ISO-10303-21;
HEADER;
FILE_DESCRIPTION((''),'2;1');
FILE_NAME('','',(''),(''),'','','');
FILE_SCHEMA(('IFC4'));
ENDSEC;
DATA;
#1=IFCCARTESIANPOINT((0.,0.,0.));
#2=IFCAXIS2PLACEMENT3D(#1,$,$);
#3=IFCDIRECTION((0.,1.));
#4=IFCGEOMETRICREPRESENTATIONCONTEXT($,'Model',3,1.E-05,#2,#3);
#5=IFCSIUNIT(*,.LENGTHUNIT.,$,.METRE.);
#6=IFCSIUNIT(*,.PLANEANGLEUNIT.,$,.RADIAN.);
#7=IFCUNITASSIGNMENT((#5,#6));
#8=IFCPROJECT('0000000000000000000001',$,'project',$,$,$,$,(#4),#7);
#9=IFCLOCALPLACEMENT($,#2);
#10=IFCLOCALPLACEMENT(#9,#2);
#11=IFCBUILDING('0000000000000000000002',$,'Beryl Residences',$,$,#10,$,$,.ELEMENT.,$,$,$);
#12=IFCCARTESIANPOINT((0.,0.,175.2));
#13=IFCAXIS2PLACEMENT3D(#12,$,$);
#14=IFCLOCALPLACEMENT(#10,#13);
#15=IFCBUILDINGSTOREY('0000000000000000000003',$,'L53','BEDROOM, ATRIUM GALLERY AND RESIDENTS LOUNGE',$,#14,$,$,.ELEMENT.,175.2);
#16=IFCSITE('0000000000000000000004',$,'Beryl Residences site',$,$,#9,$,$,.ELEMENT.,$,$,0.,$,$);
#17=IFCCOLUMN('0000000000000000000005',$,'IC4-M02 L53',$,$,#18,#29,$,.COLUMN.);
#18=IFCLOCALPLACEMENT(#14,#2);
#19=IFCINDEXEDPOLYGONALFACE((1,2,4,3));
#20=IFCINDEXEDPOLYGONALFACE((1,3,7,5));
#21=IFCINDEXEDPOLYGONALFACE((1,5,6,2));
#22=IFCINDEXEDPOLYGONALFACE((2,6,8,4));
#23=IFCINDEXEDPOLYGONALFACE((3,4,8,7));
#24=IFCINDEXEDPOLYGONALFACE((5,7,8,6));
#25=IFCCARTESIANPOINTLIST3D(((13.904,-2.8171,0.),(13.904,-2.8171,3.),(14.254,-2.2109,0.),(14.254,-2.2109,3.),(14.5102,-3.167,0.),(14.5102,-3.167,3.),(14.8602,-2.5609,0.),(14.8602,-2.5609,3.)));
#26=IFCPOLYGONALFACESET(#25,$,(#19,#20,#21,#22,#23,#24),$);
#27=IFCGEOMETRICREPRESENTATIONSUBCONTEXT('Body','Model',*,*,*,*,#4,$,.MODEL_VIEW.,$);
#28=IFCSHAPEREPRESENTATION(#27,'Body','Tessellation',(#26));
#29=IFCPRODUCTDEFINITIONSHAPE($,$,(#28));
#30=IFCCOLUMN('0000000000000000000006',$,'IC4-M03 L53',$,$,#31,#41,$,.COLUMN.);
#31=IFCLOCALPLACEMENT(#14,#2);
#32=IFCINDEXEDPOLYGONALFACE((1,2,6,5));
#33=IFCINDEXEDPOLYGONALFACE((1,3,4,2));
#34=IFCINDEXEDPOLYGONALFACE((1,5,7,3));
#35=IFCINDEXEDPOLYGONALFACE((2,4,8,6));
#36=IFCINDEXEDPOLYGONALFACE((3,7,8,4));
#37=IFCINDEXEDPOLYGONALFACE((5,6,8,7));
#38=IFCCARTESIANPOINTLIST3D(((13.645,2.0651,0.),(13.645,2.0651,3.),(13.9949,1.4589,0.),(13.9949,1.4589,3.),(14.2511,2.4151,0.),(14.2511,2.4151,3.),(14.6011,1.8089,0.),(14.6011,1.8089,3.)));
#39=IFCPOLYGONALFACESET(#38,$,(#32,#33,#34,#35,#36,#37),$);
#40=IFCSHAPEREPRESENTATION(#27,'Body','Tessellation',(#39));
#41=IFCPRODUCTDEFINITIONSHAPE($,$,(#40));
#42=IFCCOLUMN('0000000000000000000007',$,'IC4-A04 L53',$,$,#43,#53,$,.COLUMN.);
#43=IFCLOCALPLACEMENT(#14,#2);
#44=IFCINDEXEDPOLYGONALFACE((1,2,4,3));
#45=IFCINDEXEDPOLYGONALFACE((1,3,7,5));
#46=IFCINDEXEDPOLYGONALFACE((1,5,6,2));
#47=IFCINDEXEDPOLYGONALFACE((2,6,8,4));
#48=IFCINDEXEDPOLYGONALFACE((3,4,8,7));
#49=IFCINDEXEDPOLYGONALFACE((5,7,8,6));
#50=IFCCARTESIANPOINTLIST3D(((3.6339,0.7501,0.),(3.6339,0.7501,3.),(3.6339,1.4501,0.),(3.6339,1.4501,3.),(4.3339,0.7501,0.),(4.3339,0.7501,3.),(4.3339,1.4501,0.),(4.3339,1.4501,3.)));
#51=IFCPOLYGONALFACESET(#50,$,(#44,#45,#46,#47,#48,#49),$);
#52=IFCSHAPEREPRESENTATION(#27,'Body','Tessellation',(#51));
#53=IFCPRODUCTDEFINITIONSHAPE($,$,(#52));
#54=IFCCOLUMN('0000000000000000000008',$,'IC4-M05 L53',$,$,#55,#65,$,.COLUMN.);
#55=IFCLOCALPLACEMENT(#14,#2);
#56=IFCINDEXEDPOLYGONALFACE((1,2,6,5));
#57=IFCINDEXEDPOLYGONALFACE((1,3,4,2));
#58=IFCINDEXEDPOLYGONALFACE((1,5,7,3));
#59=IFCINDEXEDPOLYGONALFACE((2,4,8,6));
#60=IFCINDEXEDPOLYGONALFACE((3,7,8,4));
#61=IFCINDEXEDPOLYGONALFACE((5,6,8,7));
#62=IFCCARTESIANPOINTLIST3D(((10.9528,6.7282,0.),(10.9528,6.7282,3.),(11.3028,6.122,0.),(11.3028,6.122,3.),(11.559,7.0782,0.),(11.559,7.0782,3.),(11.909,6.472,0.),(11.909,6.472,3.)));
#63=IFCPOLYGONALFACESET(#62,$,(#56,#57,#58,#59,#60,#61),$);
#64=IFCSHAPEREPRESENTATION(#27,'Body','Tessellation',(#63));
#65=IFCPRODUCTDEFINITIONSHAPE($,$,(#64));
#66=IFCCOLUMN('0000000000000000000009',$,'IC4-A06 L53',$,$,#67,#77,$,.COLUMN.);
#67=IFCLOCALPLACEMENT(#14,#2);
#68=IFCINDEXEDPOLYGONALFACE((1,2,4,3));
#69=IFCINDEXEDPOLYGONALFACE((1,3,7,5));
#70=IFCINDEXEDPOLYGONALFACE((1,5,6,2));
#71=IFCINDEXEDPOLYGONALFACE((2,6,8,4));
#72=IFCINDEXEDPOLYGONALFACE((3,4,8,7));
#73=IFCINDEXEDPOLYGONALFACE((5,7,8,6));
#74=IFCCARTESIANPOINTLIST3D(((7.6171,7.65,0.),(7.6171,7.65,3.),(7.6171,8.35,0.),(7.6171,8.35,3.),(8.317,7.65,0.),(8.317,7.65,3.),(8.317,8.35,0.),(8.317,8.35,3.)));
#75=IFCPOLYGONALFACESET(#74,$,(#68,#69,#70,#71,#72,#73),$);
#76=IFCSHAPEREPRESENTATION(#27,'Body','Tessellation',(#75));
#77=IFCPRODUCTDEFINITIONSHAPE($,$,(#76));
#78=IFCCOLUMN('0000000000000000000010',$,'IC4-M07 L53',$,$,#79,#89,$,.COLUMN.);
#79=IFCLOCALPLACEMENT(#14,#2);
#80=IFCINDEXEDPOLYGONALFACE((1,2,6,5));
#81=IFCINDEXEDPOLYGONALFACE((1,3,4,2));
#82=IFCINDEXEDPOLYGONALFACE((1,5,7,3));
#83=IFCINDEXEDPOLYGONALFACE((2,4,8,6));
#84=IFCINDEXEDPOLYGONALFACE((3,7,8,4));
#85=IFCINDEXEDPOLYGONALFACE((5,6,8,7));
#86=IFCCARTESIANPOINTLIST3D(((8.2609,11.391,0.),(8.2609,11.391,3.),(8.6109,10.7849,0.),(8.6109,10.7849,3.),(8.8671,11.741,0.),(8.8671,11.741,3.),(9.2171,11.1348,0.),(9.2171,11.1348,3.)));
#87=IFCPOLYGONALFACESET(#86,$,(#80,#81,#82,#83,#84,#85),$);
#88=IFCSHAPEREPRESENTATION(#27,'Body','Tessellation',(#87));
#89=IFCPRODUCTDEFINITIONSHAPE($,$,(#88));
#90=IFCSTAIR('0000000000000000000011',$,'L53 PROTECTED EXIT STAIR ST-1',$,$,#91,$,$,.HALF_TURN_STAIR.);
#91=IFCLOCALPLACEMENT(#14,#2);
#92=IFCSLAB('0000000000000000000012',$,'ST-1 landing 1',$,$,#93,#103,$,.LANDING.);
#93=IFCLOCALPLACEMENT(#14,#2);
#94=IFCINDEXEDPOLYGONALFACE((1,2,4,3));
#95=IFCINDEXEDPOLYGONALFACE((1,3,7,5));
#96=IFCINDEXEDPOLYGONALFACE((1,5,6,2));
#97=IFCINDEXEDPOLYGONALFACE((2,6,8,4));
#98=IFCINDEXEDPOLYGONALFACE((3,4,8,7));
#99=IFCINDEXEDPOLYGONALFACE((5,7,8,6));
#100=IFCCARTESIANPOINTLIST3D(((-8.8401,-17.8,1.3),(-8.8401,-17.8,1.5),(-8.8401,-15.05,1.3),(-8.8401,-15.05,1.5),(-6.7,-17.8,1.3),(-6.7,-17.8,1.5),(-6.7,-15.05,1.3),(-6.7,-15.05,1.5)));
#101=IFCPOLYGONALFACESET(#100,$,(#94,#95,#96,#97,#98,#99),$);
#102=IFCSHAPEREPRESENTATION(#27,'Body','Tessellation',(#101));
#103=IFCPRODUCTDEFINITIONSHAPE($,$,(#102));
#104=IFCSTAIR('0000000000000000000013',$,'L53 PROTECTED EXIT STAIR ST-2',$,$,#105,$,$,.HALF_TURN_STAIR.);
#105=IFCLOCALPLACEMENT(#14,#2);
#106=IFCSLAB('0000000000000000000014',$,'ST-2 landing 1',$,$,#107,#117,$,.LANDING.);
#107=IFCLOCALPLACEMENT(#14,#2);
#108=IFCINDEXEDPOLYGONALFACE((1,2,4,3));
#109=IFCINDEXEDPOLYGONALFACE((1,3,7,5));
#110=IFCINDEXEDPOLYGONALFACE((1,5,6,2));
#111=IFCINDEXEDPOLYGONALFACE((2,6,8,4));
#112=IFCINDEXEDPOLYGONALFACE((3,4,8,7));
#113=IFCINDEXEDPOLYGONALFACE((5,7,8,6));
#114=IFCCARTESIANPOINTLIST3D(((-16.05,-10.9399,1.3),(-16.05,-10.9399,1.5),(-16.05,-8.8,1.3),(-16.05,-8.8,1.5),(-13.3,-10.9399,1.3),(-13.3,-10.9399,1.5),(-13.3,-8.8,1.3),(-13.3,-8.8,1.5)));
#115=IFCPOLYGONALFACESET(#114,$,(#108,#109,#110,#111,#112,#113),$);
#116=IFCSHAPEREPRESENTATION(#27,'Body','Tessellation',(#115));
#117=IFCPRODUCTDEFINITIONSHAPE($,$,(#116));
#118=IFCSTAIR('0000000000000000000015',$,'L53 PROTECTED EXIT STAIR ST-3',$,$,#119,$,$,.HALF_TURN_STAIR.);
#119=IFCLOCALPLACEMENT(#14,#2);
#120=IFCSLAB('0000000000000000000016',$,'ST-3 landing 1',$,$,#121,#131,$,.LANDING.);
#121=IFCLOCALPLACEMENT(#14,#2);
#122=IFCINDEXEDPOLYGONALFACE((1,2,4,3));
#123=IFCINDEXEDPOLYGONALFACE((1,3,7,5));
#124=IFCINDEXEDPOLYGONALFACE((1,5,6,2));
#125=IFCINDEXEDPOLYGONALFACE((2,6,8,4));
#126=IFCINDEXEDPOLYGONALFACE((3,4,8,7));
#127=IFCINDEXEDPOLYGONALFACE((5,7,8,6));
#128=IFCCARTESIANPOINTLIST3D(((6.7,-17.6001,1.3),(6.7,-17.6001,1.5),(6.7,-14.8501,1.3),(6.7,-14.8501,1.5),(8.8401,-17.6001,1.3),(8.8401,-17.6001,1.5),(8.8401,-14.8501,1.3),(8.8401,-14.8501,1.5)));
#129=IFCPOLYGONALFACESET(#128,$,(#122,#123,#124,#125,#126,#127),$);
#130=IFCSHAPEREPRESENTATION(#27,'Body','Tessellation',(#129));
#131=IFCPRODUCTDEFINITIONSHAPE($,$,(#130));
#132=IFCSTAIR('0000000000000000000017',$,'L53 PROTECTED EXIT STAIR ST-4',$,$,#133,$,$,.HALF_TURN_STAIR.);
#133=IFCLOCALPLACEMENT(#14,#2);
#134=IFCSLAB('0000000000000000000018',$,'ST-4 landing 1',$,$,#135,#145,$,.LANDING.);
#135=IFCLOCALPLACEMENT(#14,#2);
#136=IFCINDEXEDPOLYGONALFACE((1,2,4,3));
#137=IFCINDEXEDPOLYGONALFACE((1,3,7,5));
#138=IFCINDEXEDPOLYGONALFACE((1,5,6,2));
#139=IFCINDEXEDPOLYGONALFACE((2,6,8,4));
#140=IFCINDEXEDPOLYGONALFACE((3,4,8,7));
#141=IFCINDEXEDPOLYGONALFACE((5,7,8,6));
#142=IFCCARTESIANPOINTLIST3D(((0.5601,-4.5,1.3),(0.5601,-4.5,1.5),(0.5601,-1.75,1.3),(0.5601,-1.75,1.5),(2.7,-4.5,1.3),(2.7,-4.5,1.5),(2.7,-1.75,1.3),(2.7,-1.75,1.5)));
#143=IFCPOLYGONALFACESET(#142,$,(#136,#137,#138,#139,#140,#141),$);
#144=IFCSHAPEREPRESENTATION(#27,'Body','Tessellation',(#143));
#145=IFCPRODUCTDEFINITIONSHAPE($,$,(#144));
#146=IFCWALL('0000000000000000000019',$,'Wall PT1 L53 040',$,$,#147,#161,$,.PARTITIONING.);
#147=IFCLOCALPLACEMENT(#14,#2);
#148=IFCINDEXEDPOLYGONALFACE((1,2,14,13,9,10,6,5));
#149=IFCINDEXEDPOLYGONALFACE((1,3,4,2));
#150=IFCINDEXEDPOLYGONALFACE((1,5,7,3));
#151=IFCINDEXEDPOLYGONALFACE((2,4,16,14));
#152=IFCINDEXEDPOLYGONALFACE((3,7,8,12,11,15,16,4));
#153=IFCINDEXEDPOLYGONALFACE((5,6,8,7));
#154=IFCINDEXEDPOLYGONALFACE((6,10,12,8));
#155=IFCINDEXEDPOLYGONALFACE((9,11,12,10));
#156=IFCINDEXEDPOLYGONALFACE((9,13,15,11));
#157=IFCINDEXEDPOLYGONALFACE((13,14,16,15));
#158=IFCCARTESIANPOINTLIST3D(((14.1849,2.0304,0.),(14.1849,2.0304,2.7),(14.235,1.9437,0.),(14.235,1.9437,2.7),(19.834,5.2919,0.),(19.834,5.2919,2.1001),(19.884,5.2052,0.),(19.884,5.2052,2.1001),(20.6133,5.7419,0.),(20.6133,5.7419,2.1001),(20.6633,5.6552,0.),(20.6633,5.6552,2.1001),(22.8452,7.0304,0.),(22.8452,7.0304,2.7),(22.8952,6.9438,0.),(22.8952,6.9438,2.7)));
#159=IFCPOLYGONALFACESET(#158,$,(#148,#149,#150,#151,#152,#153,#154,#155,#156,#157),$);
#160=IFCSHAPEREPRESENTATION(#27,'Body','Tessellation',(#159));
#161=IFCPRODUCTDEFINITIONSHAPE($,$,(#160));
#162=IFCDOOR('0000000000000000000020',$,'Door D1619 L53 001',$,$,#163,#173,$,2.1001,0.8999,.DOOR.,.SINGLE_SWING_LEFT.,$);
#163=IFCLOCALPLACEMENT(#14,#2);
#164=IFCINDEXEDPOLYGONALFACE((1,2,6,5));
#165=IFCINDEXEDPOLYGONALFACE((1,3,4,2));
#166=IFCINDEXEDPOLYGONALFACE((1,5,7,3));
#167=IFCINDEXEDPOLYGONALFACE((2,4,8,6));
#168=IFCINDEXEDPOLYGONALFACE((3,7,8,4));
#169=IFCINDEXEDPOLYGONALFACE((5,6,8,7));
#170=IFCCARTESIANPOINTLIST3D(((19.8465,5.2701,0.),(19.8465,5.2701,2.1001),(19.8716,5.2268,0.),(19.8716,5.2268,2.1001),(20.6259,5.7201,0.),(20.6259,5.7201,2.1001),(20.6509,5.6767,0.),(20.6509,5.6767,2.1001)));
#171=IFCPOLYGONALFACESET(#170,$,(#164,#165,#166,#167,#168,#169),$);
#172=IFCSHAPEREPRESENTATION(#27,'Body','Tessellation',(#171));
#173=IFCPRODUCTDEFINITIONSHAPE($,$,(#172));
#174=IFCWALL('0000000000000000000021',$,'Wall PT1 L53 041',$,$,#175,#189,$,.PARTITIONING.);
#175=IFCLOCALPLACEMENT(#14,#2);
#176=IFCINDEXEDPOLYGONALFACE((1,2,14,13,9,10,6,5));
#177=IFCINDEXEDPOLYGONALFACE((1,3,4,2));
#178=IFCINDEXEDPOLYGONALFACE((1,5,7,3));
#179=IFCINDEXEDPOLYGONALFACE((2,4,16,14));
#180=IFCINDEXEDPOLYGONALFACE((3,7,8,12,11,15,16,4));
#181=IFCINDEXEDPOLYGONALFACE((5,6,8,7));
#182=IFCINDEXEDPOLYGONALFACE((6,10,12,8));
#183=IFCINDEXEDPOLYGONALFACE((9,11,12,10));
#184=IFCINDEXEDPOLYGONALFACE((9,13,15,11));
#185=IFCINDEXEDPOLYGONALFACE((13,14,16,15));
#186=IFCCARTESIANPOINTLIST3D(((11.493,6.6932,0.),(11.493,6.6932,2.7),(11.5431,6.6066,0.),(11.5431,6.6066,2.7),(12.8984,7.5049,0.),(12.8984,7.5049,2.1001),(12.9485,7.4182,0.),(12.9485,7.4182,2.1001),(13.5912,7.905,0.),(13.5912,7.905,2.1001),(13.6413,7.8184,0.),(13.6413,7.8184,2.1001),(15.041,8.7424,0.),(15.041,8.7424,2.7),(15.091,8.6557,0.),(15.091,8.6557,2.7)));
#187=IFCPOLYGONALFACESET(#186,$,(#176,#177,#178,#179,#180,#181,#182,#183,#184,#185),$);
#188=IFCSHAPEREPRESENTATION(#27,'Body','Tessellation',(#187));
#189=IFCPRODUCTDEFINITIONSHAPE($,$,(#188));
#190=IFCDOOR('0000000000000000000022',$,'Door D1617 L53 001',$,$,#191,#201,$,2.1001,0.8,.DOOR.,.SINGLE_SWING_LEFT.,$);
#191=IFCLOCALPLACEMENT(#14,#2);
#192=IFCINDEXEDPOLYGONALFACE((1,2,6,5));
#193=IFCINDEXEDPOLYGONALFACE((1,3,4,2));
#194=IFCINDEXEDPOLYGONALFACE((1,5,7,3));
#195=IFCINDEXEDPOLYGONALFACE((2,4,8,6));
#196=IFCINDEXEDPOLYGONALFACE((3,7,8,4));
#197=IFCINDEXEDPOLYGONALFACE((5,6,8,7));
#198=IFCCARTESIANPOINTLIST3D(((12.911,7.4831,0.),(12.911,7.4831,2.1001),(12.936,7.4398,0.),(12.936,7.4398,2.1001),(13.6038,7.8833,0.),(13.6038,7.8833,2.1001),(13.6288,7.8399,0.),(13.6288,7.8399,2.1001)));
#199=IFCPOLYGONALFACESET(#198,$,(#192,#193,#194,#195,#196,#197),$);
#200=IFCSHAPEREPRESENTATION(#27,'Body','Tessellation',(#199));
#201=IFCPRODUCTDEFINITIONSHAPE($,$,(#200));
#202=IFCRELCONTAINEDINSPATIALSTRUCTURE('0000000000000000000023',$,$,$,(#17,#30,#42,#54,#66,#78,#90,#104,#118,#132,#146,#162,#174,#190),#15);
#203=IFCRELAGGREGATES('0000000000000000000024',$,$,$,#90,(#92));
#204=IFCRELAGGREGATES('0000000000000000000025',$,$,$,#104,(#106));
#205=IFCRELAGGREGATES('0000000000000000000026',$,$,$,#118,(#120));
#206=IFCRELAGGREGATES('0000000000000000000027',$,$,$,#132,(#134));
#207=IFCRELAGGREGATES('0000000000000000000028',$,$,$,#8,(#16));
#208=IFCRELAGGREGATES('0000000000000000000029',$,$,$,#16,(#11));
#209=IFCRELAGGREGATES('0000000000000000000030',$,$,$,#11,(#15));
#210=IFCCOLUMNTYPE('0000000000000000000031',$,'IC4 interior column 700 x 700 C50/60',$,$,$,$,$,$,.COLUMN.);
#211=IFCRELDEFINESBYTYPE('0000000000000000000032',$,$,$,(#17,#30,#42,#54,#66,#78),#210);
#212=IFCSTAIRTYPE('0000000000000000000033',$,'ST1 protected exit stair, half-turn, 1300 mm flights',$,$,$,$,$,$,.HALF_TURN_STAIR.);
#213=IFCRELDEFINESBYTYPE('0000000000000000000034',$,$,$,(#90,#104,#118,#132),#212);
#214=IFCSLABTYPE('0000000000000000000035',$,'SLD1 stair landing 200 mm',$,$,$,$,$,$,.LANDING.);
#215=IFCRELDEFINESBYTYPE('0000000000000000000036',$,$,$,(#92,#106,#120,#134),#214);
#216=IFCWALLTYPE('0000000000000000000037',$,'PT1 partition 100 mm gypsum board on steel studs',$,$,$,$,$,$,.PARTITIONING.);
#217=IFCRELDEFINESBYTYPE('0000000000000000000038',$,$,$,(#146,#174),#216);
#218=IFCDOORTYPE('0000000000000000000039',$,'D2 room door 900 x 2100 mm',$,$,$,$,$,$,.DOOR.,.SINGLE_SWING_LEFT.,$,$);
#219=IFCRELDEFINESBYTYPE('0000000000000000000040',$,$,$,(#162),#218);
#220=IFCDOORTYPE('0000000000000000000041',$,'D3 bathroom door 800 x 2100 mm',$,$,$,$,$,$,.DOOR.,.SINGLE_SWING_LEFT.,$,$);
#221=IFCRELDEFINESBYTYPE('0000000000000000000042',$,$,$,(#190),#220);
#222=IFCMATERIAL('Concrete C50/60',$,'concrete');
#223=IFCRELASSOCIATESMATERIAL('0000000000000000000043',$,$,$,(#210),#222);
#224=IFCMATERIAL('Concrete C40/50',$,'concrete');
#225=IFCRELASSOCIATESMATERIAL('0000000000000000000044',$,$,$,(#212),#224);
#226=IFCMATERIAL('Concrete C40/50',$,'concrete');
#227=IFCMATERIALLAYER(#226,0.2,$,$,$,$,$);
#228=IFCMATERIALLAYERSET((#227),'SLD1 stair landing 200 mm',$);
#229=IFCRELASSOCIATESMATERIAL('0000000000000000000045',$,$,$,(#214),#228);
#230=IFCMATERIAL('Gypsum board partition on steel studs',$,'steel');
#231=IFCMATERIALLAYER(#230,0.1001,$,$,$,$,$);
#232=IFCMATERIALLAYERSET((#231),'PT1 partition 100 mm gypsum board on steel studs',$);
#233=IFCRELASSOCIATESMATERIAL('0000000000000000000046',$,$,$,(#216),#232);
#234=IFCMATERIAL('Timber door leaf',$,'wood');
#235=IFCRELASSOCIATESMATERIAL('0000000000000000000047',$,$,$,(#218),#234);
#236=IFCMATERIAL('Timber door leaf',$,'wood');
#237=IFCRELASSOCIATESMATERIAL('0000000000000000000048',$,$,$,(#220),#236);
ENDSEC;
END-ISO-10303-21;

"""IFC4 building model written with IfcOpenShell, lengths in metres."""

from ifc_helpers import new_model, si_unit, direction, frame, frame_2d, origin, origin_2d, place, context, subcontext, project, spatial, polyline, rectangle, outline, extrude, material, layer, layer_set, material_profile, profile_set, type_object, element, fill, aggregate, save


model = new_model("IFC4")

# Units and contexts
model_context = context("Model", 3, precision=1e-05, world=origin(), true_north=direction((0.0, 1.0)))
body_context = subcontext(model_context, "Body", "Model", "MODEL_VIEW")
ifc_project = project(units=[si_unit("LENGTHUNIT", "METRE"), si_unit("PLANEANGLEUNIT", "RADIAN")], contexts=[model_context])

# Site, building, storey
site_placement = place(None, origin())
site = spatial("IfcSite", under=ifc_project, at=site_placement, Name="Beryl Residences site", CompositionType="ELEMENT", RefElevation=0.0)
building_placement = place(site_placement, origin())
building = spatial("IfcBuilding", under=site, at=building_placement, Name="Beryl Residences", CompositionType="ELEMENT")
storey_placement = place(building_placement, frame((0.0, 0.0, 175.2)))
storey = spatial("IfcBuildingStorey", under=building, at=storey_placement, Name="L53", Description="BEDROOM, ATRIUM GALLERY AND RESIDENTS LOUNGE", CompositionType="ELEMENT", Elevation=175.2)

# Columns
ifc_material_1 = material(Name="Concrete C50/60", Category="concrete")
ifc_material_profile = material_profile(ifc_material_1, rectangle(XDim=0.7, YDim=0.7, at=origin_2d()))
ifc_profile_set = profile_set([ifc_material_profile], Name="Concrete C50/60")
column_type = type_object("IfcColumnType", Name="IC4 interior column 700 x 700 C50/60", PredefinedType="COLUMN", material=ifc_profile_set)
for number, where, z_axis, x_axis, name in (
    (1, (14.3821, -2.689, 0.0), (0.0, 0.0, 1.0), (0.5, 0.866025, 0.0), "IC4-M02 L53"),
    (2, (14.123, 1.937, 0.0), (0.0, 0.0, 1.0), (-0.5, 0.866025, 0.0), "IC4-M03 L53"),
    (3, (3.9839, 1.1001, 0.0), (0.0, 0.0, 1.0), (1.0, 0.0, 0.0), "IC4-A04 L53"),
    (4, (11.4309, 6.6001, 0.0), (0.0, 0.0, 1.0), (-0.5, 0.866025, 0.0), "IC4-M05 L53"),
    (5, (7.967, 8.0, 0.0), (0.0, 0.0, 1.0), (1.0, 0.0, 0.0), "IC4-A06 L53"),
    (6, (8.739, 11.2629, 0.0), (0.0, 0.0, 1.0), (-0.5, 0.866025, 0.0), "IC4-M07 L53"),
):
    element("IfcColumn", number, at=place(storey_placement, frame(where, z_axis=z_axis, x_axis=x_axis)), inside=storey, type_object=column_type, Name=name, PredefinedType="COLUMN", context=body_context, shape_type="SweptSolid", body=[
        extrude(rectangle(XDim=0.7, YDim=0.7, at=origin_2d()), origin(), (0.0, 0.0, 1.0), 3.0),
    ])

# Stairs, slabs
ifc_material_2 = material(Name="Concrete C40/50", Category="concrete")
stair_type = type_object("IfcStairType", Name="ST1 protected exit stair, half-turn, 1300 mm flights", PredefinedType="HALF_TURN_STAIR", material=ifc_material_2)
stair_1_placement = place(storey_placement, origin())
stair_1 = element("IfcStair", 7, at=stair_1_placement, inside=storey, type_object=stair_type, Name="L53 PROTECTED EXIT STAIR ST-1", PredefinedType="HALF_TURN_STAIR")
ifc_material_3 = material(Name="Concrete C40/50", Category="concrete")
ifc_layer_1 = layer(ifc_material_3, 0.2)
ifc_layer_set_1 = layer_set([ifc_layer_1], Name="SLD1 stair landing 200 mm")
slab_type_1 = type_object("IfcSlabType", Name="SLD1 stair landing 200 mm", PredefinedType="LANDING", material=ifc_layer_set_1)
slab_1_placement = place(storey_placement, frame((0.0, 0.0, 1.3)))
slab_1 = element("IfcSlab", 8, at=slab_1_placement, type_object=slab_type_1, Name="ST-1 landing 1", PredefinedType="LANDING", context=body_context, shape_type="SweptSolid", body=[
    extrude(outline(polyline([(-8.8401, -17.8), (-6.7, -17.8), (-6.7, -15.05), (-8.8401, -15.05), (-8.8401, -17.8)])), origin(), (0.0, 0.0, 1.0), 0.2),
])
aggregate(stair_1, [slab_1])
stair_2_placement = place(storey_placement, origin())
stair_2 = element("IfcStair", 9, at=stair_2_placement, inside=storey, type_object=stair_type, Name="L53 PROTECTED EXIT STAIR ST-2", PredefinedType="HALF_TURN_STAIR")
slab_2_placement = place(storey_placement, frame((0.0, 0.0, 1.3)))
slab_2 = element("IfcSlab", 10, at=slab_2_placement, type_object=slab_type_1, Name="ST-2 landing 1", PredefinedType="LANDING", context=body_context, shape_type="SweptSolid", body=[
    extrude(outline(polyline([(-13.3, -10.9399), (-13.3, -8.8), (-16.05, -8.8), (-16.05, -10.9399), (-13.3, -10.9399)])), origin(), (0.0, 0.0, 1.0), 0.2),
])
aggregate(stair_2, [slab_2])
stair_3_placement = place(storey_placement, origin())
stair_3 = element("IfcStair", 11, at=stair_3_placement, inside=storey, type_object=stair_type, Name="L53 PROTECTED EXIT STAIR ST-3", PredefinedType="HALF_TURN_STAIR")
slab_3_placement = place(storey_placement, frame((0.0, 0.0, 1.3)))
slab_3 = element("IfcSlab", 12, at=slab_3_placement, type_object=slab_type_1, Name="ST-3 landing 1", PredefinedType="LANDING", context=body_context, shape_type="SweptSolid", body=[
    extrude(outline(polyline([(8.8401, -14.8501), (6.7, -14.8501), (6.7, -17.6001), (8.8401, -17.6001), (8.8401, -14.8501)])), origin(), (0.0, 0.0, 1.0), 0.2),
])
aggregate(stair_3, [slab_3])
stair_4_placement = place(storey_placement, origin())
stair_4 = element("IfcStair", 13, at=stair_4_placement, inside=storey, type_object=stair_type, Name="L53 PROTECTED EXIT STAIR ST-4", PredefinedType="HALF_TURN_STAIR")
slab_4_placement = place(storey_placement, frame((0.0, 0.0, 1.3)))
slab_4 = element("IfcSlab", 14, at=slab_4_placement, type_object=slab_type_1, Name="ST-4 landing 1", PredefinedType="LANDING", context=body_context, shape_type="SweptSolid", body=[
    extrude(outline(polyline([(0.5601, -4.5), (2.7, -4.5), (2.7, -1.75), (0.5601, -1.75), (0.5601, -4.5)])), origin(), (0.0, 0.0, 1.0), 0.2),
])
aggregate(stair_4, [slab_4])

# Walls, openings, doors
ifc_material_4 = material(Name="Gypsum board partition on steel studs", Category="steel")
ifc_layer_2 = layer(ifc_material_4, 0.1001)
ifc_layer_set_2 = layer_set([ifc_layer_2], Name="PT1 partition 100 mm gypsum board on steel studs")
wall_type_1 = type_object("IfcWallType", Name="PT1 partition 100 mm gypsum board on steel studs", PredefinedType="PARTITIONING", material=ifc_layer_set_2)
wall_1_placement = place(storey_placement, frame((14.21, 1.9871, 0.0), z_axis=(0.0, 0.0, 1.0), x_axis=(0.866023, 0.500004, 0.0)))
wall_1 = element("IfcWall", 15, at=wall_1_placement, inside=storey, type_object=wall_type_1, Name="Wall PT1 L53 040", PredefinedType="PARTITIONING", context=body_context, shape_type="SweptSolid", body=[
    extrude(rectangle(XDim=10.0, YDim=0.1001, at=frame_2d((5.0, 0.0))), origin(), (0.0, 0.0, 1.0), 2.7),
])
opening_1_placement = place(wall_1_placement, frame((6.5229, 0.0, 0.0)))
opening_1 = element("IfcOpeningElement", 16, at=opening_1_placement, cuts=wall_1, PredefinedType="OPENING", context=body_context, shape_type="SweptSolid", body=[
    extrude(rectangle(XDim=0.8999, YDim=2.1001, at=frame_2d((0.45, 1.05))), frame((0.0, 0.0601, 0.0), z_axis=(0.0, -1.0, 0.0), x_axis=(1.0, 0.0, 0.0)), (0.0, 0.0, 1.0), 0.1201),
])
ifc_material_5 = material(Name="Timber door leaf", Category="wood")
door_type_1 = type_object("IfcDoorType", Name="D2 room door 900 x 2100 mm", OperationType="SINGLE_SWING_LEFT", PredefinedType="DOOR", material=ifc_material_5)
door_1_placement = place(opening_1_placement, origin())
door_1 = element("IfcDoor", 17, at=door_1_placement, inside=storey, type_object=door_type_1, Name="Door D1619 L53 001", OperationType="SINGLE_SWING_LEFT", OverallHeight=2.1001, OverallWidth=0.8999, PredefinedType="DOOR", context=body_context, shape_type="SweptSolid", body=[
    extrude(rectangle(XDim=0.8999, YDim=2.1001, at=frame_2d((0.45, 1.05))), frame((0.0, 0.0249, 0.0), z_axis=(0.0, -1.0, 0.0), x_axis=(1.0, 0.0, 0.0)), (0.0, 0.0, 1.0), 0.05),
])
fill(opening_1, door_1)
wall_2_placement = place(storey_placement, frame((11.5181, 6.6499, 0.0), z_axis=(0.0, 0.0, 1.0), x_axis=(0.865949, 0.500132, 0.0)))
wall_2 = element("IfcWall", 18, at=wall_2_placement, inside=storey, type_object=wall_type_1, Name="Wall PT1 L53 041", PredefinedType="PARTITIONING", context=body_context, shape_type="SweptSolid", body=[
    extrude(rectangle(XDim=4.0972, YDim=0.1001, at=frame_2d((2.0486, 0.0))), origin(), (0.0, 0.0, 1.0), 2.7),
])
opening_2_placement = place(wall_2_placement, frame((1.623, 0.0, 0.0)))
opening_2 = element("IfcOpeningElement", 19, at=opening_2_placement, cuts=wall_2, PredefinedType="OPENING", context=body_context, shape_type="SweptSolid", body=[
    extrude(rectangle(XDim=0.8, YDim=2.1001, at=frame_2d((0.3999, 1.05))), frame((0.0, 0.0601, 0.0), z_axis=(0.0, -1.0, 0.0), x_axis=(1.0, 0.0, 0.0)), (0.0, 0.0, 1.0), 0.1201),
])
ifc_material_6 = material(Name="Timber door leaf", Category="wood")
door_type_2 = type_object("IfcDoorType", Name="D3 bathroom door 800 x 2100 mm", OperationType="SINGLE_SWING_LEFT", PredefinedType="DOOR", material=ifc_material_6)
door_2_placement = place(opening_2_placement, origin())
door_2 = element("IfcDoor", 20, at=door_2_placement, inside=storey, type_object=door_type_2, Name="Door D1617 L53 001", OperationType="SINGLE_SWING_LEFT", OverallHeight=2.1001, OverallWidth=0.8, PredefinedType="DOOR", context=body_context, shape_type="SweptSolid", body=[
    extrude(rectangle(XDim=0.8, YDim=2.1001, at=frame_2d((0.3999, 1.05))), frame((0.0, 0.0249, 0.0), z_axis=(0.0, -1.0, 0.0), x_axis=(1.0, 0.0, 0.0)), (0.0, 0.0, 1.0), 0.05),
])
fill(opening_2, door_2)

save(model, "model.ifc")
